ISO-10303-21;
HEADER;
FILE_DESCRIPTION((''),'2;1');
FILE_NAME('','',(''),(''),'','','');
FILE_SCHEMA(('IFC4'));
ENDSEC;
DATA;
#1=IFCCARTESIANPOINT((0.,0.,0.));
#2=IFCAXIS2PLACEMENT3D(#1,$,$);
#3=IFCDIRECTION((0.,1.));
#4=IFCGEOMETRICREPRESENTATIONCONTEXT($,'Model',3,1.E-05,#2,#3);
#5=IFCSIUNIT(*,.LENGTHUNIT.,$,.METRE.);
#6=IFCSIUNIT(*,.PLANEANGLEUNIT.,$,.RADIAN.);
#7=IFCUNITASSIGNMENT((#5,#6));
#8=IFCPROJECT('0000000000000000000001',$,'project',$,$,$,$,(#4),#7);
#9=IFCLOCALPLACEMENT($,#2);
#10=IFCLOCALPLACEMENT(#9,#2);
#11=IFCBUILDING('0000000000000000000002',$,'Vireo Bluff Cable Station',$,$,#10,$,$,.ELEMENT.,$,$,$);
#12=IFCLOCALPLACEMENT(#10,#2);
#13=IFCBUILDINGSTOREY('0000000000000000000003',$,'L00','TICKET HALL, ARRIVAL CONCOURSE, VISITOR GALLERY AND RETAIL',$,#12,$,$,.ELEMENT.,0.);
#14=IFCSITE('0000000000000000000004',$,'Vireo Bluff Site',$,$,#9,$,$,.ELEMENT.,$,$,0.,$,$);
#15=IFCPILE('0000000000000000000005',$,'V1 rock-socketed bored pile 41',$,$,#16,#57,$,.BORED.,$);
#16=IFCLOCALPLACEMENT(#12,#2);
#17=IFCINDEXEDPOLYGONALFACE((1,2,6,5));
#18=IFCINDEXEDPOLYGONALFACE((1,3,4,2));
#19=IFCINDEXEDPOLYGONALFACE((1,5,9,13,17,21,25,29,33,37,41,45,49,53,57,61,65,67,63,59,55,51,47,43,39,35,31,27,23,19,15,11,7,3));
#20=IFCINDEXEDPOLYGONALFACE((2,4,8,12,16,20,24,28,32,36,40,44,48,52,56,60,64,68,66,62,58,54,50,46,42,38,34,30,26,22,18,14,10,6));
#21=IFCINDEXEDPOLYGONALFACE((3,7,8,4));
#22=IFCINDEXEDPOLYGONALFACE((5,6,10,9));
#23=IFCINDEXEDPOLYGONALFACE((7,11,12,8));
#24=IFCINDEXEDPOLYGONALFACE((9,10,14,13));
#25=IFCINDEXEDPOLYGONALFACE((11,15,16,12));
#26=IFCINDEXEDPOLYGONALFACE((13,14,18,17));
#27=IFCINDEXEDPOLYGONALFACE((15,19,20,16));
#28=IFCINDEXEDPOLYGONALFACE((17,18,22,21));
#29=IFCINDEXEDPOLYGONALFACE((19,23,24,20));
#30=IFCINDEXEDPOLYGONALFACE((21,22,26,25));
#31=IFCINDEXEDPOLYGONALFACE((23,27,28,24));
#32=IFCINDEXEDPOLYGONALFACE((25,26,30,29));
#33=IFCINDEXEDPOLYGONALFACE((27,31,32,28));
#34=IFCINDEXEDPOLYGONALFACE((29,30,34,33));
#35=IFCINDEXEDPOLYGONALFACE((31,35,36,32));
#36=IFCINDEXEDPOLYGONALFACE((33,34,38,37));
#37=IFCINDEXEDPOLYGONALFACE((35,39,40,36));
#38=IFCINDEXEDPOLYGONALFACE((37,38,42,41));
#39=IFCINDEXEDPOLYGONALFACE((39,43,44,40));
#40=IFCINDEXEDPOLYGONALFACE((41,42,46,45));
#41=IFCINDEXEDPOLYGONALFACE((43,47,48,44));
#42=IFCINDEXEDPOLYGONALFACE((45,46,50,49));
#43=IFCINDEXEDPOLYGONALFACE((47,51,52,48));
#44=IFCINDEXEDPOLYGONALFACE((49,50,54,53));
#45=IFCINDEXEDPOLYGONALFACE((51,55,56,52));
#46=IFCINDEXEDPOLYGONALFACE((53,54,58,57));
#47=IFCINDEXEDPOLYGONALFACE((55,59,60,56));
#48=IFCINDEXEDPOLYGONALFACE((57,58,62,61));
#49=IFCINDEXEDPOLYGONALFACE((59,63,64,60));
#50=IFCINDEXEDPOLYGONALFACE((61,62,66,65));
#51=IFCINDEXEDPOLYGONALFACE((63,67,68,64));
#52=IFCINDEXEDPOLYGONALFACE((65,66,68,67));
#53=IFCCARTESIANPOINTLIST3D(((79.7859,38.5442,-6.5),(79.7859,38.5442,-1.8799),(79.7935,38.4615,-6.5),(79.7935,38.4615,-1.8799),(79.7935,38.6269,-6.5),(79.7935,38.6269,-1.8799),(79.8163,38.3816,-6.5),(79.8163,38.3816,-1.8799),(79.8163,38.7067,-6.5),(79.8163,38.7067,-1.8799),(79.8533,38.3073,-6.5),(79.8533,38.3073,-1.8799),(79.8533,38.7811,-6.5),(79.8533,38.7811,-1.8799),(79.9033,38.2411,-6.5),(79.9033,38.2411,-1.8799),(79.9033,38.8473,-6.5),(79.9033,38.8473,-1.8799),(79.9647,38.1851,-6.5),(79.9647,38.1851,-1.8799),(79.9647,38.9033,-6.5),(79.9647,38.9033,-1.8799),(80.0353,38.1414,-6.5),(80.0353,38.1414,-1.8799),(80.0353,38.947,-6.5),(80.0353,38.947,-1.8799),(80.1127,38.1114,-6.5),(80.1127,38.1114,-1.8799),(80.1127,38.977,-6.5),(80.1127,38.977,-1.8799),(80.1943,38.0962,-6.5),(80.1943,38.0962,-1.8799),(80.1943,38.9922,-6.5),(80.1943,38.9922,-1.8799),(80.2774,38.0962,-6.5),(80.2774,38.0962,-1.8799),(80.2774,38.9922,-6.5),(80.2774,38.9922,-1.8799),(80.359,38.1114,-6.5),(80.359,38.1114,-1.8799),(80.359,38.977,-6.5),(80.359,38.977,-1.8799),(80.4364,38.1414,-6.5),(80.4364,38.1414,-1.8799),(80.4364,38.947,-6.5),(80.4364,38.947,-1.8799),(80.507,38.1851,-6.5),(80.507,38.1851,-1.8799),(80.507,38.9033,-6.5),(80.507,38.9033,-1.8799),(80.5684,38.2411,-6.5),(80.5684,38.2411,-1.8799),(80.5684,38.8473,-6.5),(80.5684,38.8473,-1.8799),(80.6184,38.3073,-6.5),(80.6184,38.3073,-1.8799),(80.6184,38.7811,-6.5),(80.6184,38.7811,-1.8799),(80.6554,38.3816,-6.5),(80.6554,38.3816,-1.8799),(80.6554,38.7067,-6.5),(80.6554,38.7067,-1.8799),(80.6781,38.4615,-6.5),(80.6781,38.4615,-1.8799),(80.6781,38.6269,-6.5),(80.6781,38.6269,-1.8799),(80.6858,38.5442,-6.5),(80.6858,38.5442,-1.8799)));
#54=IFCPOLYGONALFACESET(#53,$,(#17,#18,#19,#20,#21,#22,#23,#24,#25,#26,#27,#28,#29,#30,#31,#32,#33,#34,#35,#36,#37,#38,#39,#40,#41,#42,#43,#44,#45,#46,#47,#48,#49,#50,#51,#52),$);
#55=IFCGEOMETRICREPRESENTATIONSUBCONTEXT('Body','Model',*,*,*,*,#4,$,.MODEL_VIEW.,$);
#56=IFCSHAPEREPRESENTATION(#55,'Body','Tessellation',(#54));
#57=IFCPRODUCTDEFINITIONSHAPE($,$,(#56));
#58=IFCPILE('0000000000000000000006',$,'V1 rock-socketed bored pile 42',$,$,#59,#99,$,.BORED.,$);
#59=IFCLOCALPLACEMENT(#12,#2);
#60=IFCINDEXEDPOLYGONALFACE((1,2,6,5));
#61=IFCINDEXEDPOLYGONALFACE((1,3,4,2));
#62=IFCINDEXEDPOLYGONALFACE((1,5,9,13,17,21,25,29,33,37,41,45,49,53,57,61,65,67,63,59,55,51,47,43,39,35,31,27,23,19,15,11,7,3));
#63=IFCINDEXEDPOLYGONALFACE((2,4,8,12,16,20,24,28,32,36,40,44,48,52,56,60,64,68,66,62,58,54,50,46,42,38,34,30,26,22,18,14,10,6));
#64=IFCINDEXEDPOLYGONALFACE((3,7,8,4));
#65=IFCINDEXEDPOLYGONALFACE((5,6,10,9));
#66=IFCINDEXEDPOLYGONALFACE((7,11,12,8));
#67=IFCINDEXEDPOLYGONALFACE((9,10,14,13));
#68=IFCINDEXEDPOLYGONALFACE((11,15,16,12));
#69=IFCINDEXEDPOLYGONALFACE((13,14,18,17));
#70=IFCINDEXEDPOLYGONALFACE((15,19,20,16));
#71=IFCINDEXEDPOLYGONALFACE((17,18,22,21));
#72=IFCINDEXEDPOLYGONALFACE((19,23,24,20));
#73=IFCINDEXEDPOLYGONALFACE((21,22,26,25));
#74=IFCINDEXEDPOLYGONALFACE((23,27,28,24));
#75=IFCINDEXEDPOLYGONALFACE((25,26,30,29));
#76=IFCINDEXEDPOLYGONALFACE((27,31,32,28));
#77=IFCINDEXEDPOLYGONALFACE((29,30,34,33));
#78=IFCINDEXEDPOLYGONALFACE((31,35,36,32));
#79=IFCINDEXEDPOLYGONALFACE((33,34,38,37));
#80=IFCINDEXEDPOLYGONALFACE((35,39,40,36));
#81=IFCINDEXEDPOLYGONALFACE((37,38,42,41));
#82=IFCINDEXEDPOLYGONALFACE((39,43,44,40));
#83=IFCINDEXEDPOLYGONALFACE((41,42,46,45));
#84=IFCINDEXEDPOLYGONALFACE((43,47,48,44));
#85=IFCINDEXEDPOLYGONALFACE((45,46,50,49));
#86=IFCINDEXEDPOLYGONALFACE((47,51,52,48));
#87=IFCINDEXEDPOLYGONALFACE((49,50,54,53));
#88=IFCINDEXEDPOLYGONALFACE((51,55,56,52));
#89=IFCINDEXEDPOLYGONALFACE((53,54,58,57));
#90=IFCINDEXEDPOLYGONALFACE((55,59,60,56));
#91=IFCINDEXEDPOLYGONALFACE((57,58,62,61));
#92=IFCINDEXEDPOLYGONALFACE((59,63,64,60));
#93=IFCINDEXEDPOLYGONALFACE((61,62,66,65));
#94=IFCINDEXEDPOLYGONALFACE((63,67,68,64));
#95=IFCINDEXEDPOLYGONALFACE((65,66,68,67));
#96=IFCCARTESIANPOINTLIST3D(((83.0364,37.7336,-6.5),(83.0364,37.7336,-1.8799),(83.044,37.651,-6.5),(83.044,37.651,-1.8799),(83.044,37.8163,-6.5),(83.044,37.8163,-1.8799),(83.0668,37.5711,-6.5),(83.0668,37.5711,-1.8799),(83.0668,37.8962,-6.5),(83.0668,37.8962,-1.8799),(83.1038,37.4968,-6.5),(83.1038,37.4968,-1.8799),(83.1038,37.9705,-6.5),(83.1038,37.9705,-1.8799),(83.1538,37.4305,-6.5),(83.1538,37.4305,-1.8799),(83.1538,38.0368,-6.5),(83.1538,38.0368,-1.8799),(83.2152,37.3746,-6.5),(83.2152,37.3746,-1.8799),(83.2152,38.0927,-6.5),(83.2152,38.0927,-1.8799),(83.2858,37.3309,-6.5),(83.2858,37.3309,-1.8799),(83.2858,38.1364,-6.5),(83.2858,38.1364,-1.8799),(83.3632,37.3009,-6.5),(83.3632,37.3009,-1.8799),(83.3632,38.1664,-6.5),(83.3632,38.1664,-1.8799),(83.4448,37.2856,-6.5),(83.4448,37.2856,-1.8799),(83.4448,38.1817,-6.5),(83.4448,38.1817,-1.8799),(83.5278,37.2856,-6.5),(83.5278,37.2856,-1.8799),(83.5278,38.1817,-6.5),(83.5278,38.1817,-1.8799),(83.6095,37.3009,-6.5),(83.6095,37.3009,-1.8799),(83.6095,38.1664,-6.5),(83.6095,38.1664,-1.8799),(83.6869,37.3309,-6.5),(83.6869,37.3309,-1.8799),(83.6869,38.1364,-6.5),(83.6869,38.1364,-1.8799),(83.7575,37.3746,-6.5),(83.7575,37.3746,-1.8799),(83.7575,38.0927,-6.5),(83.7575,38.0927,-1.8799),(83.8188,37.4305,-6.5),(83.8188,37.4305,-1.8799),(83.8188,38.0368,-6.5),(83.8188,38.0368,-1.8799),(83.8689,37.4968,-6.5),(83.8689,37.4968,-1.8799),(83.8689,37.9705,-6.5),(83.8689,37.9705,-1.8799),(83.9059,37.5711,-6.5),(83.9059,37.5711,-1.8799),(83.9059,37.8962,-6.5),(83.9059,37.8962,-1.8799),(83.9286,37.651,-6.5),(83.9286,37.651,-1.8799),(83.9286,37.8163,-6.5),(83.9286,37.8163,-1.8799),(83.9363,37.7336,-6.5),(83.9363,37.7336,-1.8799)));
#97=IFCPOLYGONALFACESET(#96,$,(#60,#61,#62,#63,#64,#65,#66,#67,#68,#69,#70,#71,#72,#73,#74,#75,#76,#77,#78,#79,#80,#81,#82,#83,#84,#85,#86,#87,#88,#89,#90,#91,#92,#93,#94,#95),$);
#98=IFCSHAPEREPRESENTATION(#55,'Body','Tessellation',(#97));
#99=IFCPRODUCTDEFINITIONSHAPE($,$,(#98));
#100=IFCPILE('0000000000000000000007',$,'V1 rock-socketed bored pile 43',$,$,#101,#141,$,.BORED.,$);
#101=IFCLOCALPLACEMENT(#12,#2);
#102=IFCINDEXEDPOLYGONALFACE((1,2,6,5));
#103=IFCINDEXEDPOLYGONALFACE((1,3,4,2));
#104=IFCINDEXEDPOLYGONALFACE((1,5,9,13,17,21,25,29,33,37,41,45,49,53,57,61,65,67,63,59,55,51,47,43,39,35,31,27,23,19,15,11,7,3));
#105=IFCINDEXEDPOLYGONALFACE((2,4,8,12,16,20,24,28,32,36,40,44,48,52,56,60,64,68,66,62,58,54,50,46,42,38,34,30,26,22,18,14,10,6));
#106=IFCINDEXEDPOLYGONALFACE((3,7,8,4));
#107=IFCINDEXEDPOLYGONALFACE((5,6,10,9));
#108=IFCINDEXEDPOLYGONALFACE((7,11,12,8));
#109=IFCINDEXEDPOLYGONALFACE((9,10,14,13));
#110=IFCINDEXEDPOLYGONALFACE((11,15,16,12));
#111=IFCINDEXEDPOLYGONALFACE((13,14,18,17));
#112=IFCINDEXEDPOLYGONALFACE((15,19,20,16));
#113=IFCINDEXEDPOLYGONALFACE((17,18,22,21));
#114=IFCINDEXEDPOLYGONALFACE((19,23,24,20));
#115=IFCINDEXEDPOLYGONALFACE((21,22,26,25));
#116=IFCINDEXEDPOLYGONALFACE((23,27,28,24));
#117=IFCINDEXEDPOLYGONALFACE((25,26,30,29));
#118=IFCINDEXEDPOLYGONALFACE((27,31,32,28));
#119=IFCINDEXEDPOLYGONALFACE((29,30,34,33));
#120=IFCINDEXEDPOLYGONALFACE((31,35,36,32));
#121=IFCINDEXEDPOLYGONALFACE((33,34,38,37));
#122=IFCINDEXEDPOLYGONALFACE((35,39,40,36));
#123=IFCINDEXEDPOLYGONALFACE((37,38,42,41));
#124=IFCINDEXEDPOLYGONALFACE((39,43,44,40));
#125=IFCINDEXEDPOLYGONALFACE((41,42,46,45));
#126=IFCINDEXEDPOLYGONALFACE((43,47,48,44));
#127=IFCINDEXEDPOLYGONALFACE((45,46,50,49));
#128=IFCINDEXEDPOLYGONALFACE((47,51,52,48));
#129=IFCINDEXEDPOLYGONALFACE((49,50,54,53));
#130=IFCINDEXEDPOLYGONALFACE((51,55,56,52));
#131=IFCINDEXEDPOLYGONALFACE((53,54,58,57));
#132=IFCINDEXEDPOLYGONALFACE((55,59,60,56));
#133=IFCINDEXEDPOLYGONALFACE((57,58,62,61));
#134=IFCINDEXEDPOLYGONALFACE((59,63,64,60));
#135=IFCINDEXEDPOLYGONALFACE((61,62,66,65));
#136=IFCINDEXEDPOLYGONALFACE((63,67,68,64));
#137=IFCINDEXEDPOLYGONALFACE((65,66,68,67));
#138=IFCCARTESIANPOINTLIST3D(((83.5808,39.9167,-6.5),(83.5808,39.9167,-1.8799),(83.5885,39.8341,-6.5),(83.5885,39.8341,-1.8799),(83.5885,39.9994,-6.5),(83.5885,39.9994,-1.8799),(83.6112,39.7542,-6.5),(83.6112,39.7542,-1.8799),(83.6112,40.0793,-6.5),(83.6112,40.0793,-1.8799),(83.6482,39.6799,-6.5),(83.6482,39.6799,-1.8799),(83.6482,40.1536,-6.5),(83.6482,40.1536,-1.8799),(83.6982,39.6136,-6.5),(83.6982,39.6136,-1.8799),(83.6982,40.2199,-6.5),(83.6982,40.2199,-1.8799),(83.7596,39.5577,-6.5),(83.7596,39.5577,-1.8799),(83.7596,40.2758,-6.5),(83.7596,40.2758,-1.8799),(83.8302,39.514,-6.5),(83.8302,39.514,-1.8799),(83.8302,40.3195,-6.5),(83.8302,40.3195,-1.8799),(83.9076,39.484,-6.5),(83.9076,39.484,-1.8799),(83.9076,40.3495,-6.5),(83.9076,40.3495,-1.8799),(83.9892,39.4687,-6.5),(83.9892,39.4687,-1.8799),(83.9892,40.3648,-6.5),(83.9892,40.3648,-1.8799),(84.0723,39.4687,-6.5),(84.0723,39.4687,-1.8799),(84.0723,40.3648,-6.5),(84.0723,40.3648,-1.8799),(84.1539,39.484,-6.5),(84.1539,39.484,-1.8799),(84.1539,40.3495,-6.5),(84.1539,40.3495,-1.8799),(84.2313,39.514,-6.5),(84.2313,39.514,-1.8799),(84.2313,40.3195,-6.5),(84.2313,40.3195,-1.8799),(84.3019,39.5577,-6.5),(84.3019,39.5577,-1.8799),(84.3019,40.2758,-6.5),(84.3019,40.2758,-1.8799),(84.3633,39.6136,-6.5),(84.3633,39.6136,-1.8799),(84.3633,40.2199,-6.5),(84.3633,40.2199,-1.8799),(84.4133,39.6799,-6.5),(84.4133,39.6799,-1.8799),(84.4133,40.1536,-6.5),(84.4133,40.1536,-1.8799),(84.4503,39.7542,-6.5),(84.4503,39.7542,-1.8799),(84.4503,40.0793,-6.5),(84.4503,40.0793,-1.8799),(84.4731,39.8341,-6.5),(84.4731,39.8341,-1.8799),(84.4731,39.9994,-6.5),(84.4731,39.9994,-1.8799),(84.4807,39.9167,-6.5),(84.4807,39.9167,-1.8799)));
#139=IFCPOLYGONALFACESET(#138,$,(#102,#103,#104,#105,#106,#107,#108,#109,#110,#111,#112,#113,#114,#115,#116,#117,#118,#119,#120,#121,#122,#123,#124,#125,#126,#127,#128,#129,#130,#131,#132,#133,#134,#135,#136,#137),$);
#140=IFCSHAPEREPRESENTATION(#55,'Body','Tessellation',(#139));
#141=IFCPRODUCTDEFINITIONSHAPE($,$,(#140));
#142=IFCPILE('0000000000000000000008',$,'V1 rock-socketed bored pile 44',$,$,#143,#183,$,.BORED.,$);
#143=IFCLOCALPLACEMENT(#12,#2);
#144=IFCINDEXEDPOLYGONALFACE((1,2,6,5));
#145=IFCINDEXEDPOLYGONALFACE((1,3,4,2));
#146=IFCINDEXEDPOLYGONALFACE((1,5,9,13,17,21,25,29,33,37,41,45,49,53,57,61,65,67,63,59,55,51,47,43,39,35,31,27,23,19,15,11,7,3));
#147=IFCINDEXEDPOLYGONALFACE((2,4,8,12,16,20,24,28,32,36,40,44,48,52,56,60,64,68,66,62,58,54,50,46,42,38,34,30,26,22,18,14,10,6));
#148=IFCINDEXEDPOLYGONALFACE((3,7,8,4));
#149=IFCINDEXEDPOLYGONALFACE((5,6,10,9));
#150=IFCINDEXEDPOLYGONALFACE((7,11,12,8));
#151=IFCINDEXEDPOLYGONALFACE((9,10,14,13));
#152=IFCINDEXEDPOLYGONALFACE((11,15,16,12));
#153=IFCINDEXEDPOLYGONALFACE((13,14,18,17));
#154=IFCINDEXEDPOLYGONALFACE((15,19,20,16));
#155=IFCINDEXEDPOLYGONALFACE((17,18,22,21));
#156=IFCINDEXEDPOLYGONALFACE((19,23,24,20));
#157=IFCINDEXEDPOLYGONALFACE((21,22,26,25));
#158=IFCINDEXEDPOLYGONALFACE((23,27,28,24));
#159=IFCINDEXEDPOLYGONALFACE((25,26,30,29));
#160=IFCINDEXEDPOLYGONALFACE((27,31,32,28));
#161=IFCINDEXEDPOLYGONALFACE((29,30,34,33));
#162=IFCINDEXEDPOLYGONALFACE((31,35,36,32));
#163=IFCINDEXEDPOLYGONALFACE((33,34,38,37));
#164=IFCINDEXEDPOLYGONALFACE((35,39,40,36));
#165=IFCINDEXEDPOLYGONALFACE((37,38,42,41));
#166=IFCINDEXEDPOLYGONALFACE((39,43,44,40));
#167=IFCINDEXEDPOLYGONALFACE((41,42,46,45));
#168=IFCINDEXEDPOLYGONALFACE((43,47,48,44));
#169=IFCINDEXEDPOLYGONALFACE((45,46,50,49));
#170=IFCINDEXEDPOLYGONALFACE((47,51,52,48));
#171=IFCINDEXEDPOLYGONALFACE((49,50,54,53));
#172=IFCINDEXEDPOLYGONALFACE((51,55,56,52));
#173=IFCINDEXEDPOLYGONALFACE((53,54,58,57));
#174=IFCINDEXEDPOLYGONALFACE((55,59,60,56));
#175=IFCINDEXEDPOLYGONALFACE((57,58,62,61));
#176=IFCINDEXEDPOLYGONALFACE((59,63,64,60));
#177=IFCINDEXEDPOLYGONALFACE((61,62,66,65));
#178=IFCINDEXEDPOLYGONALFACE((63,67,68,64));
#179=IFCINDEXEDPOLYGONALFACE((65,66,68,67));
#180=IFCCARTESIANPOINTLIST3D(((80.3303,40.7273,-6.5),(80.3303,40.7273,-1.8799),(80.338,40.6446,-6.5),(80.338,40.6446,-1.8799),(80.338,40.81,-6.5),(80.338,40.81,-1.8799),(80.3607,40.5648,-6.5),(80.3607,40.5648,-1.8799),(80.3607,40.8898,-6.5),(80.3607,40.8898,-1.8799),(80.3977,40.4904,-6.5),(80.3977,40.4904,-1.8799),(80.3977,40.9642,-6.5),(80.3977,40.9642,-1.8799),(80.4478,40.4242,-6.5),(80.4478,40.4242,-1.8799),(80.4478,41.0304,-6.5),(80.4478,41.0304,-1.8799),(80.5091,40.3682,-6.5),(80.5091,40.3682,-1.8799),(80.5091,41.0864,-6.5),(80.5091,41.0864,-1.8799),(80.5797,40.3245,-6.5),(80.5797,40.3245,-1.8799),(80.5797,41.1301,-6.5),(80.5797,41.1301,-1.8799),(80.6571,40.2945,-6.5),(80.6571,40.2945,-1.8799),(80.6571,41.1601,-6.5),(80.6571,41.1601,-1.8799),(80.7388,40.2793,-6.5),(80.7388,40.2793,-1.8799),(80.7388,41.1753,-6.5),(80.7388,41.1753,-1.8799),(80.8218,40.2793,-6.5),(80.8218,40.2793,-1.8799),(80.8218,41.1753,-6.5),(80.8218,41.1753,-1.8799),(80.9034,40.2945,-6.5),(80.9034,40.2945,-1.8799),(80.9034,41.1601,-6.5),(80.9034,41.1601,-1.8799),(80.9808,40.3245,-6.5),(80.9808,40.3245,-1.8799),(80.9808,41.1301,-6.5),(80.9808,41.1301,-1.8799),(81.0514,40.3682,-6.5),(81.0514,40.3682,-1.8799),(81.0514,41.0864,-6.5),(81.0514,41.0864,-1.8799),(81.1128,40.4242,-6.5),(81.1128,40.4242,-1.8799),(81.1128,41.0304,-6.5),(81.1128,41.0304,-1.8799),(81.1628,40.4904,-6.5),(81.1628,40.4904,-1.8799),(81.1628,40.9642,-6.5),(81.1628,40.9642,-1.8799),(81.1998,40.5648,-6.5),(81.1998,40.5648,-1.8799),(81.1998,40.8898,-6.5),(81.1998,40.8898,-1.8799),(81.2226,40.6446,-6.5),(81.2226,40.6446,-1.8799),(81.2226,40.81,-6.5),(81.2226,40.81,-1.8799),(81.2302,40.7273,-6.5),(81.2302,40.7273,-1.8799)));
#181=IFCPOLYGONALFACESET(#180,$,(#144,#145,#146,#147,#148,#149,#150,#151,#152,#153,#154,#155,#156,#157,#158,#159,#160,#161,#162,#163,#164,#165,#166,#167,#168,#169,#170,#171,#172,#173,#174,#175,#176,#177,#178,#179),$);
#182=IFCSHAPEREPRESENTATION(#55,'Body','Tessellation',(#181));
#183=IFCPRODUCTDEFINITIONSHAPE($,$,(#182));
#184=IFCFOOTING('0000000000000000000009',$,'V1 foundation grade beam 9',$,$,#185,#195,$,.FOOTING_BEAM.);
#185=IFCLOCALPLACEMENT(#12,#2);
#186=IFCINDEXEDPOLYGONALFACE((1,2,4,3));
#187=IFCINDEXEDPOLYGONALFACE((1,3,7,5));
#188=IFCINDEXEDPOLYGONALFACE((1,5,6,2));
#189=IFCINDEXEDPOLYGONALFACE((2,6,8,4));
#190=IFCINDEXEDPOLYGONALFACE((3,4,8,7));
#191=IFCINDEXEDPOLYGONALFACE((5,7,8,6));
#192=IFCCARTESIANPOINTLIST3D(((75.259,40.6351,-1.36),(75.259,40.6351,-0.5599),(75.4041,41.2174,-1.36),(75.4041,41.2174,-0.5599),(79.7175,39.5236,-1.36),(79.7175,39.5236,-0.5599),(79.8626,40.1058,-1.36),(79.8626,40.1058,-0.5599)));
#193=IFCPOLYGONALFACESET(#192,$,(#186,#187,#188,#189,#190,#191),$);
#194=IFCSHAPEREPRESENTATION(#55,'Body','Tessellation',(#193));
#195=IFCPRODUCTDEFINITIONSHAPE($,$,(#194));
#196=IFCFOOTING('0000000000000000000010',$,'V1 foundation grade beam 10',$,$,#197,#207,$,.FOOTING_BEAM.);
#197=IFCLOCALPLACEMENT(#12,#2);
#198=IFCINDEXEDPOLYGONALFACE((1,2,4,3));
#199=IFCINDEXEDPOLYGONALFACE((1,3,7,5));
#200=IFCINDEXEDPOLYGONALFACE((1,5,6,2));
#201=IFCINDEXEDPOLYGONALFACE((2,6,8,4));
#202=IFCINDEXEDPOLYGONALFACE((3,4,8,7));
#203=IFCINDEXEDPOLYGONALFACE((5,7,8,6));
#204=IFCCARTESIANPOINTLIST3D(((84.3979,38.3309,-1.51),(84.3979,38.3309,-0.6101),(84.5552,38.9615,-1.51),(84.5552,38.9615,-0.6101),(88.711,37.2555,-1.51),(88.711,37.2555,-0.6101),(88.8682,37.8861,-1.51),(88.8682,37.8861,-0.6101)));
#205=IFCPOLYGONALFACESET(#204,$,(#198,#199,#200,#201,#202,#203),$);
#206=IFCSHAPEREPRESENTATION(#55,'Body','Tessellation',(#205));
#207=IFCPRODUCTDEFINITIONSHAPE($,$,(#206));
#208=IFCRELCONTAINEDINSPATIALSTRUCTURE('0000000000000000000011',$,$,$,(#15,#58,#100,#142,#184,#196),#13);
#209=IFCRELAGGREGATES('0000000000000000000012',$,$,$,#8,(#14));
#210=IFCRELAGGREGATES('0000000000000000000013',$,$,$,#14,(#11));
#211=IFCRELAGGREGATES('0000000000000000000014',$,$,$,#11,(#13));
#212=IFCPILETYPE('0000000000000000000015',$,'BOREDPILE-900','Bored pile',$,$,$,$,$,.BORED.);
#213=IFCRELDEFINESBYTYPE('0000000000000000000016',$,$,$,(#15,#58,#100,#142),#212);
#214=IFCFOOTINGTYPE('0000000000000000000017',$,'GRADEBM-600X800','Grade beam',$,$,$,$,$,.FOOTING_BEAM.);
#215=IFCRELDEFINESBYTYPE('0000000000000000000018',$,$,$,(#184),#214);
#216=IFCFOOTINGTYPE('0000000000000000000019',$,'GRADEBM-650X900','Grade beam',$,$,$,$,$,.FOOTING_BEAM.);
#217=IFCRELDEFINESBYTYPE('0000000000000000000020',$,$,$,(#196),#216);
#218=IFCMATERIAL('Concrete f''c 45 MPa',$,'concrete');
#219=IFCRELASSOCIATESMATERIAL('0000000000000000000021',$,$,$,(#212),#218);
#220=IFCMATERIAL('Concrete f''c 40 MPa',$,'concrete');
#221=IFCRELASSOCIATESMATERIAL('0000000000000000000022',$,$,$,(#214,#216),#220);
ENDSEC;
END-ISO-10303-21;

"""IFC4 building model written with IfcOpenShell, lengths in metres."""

from ifc_helpers import new_model, si_unit, direction, frame, origin, origin_2d, place, context, subcontext, project, spatial, rectangle, circle, extrude, material, material_profile, profile_set, type_object, element, save


model = new_model("IFC4")

# Units and contexts
model_context = context("Model", 3, precision=1e-05, world=origin(), true_north=direction((0.0, 1.0)))
body_context = subcontext(model_context, "Body", "Model", "MODEL_VIEW")
ifc_project = project(units=[si_unit("LENGTHUNIT", "METRE"), si_unit("PLANEANGLEUNIT", "RADIAN")], contexts=[model_context])

# Site, building, storey
site_placement = place(None, origin())
site = spatial("IfcSite", under=ifc_project, at=site_placement, Name="Vireo Bluff Site", CompositionType="ELEMENT", RefElevation=0.0)
building_placement = place(site_placement, origin())
building = spatial("IfcBuilding", under=site, at=building_placement, Name="Vireo Bluff Cable Station", CompositionType="ELEMENT")
storey_placement = place(building_placement, origin())
storey = spatial("IfcBuildingStorey", under=building, at=storey_placement, Name="L00", Description="TICKET HALL, ARRIVAL CONCOURSE, VISITOR GALLERY AND RETAIL", CompositionType="ELEMENT", Elevation=0.0)

# Piles
ifc_material_1 = material(Name="Concrete f'c 45 MPa", Category="concrete")
ifc_material_profile_1 = material_profile(ifc_material_1, circle(Radius=0.45, at=origin_2d()), Name="BOREDPILE-900")
ifc_profile_set_1 = profile_set([ifc_material_profile_1], Name="Concrete f'c 45 MPa")
pile_type_1 = type_object("IfcPileType", Name="BOREDPILE-900", Description="Bored pile", PredefinedType="BORED", material=ifc_profile_set_1)
for number, where, z_axis, x_axis, name in (
    (1, (80.2358, 38.5442, -1.8799), (0.0, 0.0, -1.0), (1.0, 0.0, 0.0), "V1 rock-socketed bored pile 41"),
    (2, (83.4863, 37.7336, -1.8799), (0.0, 0.0, -1.0), (1.0, 0.0, 0.0), "V1 rock-socketed bored pile 42"),
    (3, (84.0308, 39.9167, -1.8799), (0.0, 0.0, -1.0), (1.0, 0.0, 0.0), "V1 rock-socketed bored pile 43"),
    (4, (80.7803, 40.7273, -1.8799), (0.0, 0.0, -1.0), (1.0, 0.0, 0.0), "V1 rock-socketed bored pile 44"),
):
    element("IfcPile", number, at=place(storey_placement, frame(where, z_axis=z_axis, x_axis=x_axis)), inside=storey, type_object=pile_type_1, Name=name, PredefinedType="BORED", context=body_context, shape_type="SweptSolid", body=[
        extrude(circle(Radius=0.45, at=origin_2d()), origin(), (0.0, 0.0, 1.0), 4.6201),
    ])

# Footings
ifc_material_2 = material(Name="Concrete f'c 40 MPa", Category="concrete")
ifc_material_profile_2 = material_profile(ifc_material_2, rectangle(XDim=0.6001, YDim=0.8, at=origin_2d()), Name="GRADEBM-600X800")
ifc_profile_set_2 = profile_set([ifc_material_profile_2], Name="Concrete f'c 40 MPa")
footing_type_1 = type_object("IfcFootingType", Name="GRADEBM-600X800", Description="Grade beam", PredefinedType="FOOTING_BEAM", material=ifc_profile_set_2)
footing_1_placement = place(storey_placement, frame((75.3315, 40.9263, -0.96), z_axis=(0.970299, -0.24191, 0.0), x_axis=(0.24191, 0.970299, 0.0)))
element("IfcFooting", 5, at=footing_1_placement, inside=storey, type_object=footing_type_1, Name="V1 foundation grade beam 9", PredefinedType="FOOTING_BEAM", context=body_context, shape_type="SweptSolid", body=[
    extrude(rectangle(XDim=0.6001, YDim=0.8, at=origin_2d()), origin(), (0.0, 0.0, 1.0), 4.595),
])
ifc_material_profile_3 = material_profile(ifc_material_2, rectangle(XDim=0.6499, YDim=0.8999, at=origin_2d()), Name="GRADEBM-650X900")
ifc_profile_set_3 = profile_set([ifc_material_profile_3], Name="Concrete f'c 40 MPa")
footing_type_2 = type_object("IfcFootingType", Name="GRADEBM-650X900", Description="Grade beam", PredefinedType="FOOTING_BEAM", material=ifc_profile_set_3)
footing_2_placement = place(storey_placement, frame((84.4766, 38.6462, -1.0601), z_axis=(0.970291, -0.241941, 0.0), x_axis=(0.241941, 0.970291, 0.0)))
element("IfcFooting", 6, at=footing_2_placement, inside=storey, type_object=footing_type_2, Name="V1 foundation grade beam 10", PredefinedType="FOOTING_BEAM", context=body_context, shape_type="SweptSolid", body=[
    extrude(rectangle(XDim=0.6499, YDim=0.8999, at=origin_2d()), origin(), (0.0, 0.0, 1.0), 4.4451),
])

save(model, "model.ifc")
